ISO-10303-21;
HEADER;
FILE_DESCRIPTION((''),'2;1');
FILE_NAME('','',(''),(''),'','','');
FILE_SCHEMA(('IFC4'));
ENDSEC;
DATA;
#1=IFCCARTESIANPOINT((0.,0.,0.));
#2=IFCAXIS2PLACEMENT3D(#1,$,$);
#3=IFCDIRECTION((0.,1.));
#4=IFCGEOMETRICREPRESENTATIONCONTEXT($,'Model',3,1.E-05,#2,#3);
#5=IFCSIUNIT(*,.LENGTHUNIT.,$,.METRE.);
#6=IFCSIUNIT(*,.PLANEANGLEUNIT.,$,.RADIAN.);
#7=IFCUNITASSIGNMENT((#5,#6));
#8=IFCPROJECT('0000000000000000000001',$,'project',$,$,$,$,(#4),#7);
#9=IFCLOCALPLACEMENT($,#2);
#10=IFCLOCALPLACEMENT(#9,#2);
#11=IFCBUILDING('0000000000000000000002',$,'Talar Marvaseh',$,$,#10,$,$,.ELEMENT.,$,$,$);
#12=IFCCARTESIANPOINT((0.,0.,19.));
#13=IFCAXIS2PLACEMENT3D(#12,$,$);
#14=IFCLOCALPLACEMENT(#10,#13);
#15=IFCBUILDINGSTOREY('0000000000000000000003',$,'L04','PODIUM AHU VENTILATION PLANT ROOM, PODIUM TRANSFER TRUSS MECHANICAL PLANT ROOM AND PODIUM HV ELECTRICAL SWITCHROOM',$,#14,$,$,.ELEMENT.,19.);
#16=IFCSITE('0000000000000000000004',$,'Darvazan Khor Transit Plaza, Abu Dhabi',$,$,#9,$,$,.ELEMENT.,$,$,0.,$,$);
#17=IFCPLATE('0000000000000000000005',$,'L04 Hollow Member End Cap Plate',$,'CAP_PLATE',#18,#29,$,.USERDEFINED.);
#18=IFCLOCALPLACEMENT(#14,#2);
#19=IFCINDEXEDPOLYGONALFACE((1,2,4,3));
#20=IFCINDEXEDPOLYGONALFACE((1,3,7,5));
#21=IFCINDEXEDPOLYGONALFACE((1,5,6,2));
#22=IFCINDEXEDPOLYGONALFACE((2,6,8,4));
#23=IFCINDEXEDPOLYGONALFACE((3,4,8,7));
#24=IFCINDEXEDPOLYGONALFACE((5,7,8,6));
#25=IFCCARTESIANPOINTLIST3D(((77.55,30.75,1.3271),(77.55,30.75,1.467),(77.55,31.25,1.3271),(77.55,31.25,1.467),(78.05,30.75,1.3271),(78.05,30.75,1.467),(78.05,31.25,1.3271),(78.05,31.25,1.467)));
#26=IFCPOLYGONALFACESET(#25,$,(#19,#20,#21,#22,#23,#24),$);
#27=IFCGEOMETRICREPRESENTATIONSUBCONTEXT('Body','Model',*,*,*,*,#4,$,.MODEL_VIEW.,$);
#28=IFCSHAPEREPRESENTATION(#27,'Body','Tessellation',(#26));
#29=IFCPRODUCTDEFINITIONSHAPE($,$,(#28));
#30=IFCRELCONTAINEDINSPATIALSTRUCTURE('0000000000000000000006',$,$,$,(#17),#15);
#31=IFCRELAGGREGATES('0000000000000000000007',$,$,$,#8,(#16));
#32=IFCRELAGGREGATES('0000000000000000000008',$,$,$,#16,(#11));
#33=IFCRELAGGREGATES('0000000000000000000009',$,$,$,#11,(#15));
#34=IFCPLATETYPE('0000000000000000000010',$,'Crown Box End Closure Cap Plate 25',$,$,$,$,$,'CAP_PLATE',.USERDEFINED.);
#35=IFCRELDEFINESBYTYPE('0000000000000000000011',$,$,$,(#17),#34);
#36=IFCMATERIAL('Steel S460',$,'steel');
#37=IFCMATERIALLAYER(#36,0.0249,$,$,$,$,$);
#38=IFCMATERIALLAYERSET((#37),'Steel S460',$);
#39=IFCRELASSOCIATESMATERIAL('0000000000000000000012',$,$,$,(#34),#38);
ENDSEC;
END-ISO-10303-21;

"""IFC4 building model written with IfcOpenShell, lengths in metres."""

from ifc_helpers import new_model, si_unit, direction, frame, origin, origin_2d, place, context, subcontext, project, spatial, rectangle, extrude, source, transform, mapped, material, layer, layer_set, type_object, type_shapes, element, save


model = new_model("IFC4")

# Units and contexts
model_context = context("Model", 3, precision=1e-05, world=origin(), true_north=direction((0.0, 1.0)))
body_context = subcontext(model_context, "Body", "Model", "MODEL_VIEW")
ifc_project = project(units=[si_unit("LENGTHUNIT", "METRE"), si_unit("PLANEANGLEUNIT", "RADIAN")], contexts=[model_context])

# Site, building, storey
site_placement = place(None, origin())
site = spatial("IfcSite", under=ifc_project, at=site_placement, Name="Darvazan Khor Transit Plaza, Abu Dhabi", CompositionType="ELEMENT", RefElevation=0.0)
building_placement = place(site_placement, origin())
building = spatial("IfcBuilding", under=site, at=building_placement, Name="Talar Marvaseh", CompositionType="ELEMENT")
storey_placement = place(building_placement, frame((0.0, 0.0, 19.0)))
storey = spatial("IfcBuildingStorey", under=building, at=storey_placement, Name="L04", Description="PODIUM AHU VENTILATION PLANT ROOM, PODIUM TRANSFER TRUSS MECHANICAL PLANT ROOM AND PODIUM HV ELECTRICAL SWITCHROOM", CompositionType="ELEMENT", Elevation=19.0)

# Plate
ifc_material_1 = material(Name="Steel S460", Category="steel")
ifc_layer = layer(ifc_material_1, 0.0249)
ifc_layer_set = layer_set([ifc_layer], Name="Steel S460")
plate_type = type_object("IfcPlateType", Name="Crown Box End Closure Cap Plate 25", ElementType="CAP_PLATE", PredefinedType="USERDEFINED", material=ifc_layer_set)
shared_shape_1 = source(origin(), body_context, "Body", "SweptSolid", [
    extrude(rectangle(XDim=0.5, YDim=0.5, at=origin_2d()), origin(), (0.0, 0.0, 1.0), 0.1399),
])
type_shapes(plate_type, [shared_shape_1])
for number, where, z_axis, x_axis, name in (
    (1, (77.8, 31.0, 1.3271), (0.0, 0.0, 1.0), (1.0, 0.0, 0.0), "L04 Hollow Member End Cap Plate"),
):
    element("IfcPlate", number, at=place(storey_placement, frame(where, z_axis=z_axis, x_axis=x_axis)), inside=storey, type_object=plate_type, Name=name, ObjectType="CAP_PLATE", PredefinedType="USERDEFINED", context=body_context, shape_type="MappedRepresentation", body=[
        mapped(shared_shape_1, transform((0.0, 0.0, 0.0), x_axis=(1.0, 0.0, 0.0), y_axis=(0.0, 1.0, 0.0), z_axis=(0.0, 0.0, 1.0), scale=1.0)),
    ])

save(model, "model.ifc")
